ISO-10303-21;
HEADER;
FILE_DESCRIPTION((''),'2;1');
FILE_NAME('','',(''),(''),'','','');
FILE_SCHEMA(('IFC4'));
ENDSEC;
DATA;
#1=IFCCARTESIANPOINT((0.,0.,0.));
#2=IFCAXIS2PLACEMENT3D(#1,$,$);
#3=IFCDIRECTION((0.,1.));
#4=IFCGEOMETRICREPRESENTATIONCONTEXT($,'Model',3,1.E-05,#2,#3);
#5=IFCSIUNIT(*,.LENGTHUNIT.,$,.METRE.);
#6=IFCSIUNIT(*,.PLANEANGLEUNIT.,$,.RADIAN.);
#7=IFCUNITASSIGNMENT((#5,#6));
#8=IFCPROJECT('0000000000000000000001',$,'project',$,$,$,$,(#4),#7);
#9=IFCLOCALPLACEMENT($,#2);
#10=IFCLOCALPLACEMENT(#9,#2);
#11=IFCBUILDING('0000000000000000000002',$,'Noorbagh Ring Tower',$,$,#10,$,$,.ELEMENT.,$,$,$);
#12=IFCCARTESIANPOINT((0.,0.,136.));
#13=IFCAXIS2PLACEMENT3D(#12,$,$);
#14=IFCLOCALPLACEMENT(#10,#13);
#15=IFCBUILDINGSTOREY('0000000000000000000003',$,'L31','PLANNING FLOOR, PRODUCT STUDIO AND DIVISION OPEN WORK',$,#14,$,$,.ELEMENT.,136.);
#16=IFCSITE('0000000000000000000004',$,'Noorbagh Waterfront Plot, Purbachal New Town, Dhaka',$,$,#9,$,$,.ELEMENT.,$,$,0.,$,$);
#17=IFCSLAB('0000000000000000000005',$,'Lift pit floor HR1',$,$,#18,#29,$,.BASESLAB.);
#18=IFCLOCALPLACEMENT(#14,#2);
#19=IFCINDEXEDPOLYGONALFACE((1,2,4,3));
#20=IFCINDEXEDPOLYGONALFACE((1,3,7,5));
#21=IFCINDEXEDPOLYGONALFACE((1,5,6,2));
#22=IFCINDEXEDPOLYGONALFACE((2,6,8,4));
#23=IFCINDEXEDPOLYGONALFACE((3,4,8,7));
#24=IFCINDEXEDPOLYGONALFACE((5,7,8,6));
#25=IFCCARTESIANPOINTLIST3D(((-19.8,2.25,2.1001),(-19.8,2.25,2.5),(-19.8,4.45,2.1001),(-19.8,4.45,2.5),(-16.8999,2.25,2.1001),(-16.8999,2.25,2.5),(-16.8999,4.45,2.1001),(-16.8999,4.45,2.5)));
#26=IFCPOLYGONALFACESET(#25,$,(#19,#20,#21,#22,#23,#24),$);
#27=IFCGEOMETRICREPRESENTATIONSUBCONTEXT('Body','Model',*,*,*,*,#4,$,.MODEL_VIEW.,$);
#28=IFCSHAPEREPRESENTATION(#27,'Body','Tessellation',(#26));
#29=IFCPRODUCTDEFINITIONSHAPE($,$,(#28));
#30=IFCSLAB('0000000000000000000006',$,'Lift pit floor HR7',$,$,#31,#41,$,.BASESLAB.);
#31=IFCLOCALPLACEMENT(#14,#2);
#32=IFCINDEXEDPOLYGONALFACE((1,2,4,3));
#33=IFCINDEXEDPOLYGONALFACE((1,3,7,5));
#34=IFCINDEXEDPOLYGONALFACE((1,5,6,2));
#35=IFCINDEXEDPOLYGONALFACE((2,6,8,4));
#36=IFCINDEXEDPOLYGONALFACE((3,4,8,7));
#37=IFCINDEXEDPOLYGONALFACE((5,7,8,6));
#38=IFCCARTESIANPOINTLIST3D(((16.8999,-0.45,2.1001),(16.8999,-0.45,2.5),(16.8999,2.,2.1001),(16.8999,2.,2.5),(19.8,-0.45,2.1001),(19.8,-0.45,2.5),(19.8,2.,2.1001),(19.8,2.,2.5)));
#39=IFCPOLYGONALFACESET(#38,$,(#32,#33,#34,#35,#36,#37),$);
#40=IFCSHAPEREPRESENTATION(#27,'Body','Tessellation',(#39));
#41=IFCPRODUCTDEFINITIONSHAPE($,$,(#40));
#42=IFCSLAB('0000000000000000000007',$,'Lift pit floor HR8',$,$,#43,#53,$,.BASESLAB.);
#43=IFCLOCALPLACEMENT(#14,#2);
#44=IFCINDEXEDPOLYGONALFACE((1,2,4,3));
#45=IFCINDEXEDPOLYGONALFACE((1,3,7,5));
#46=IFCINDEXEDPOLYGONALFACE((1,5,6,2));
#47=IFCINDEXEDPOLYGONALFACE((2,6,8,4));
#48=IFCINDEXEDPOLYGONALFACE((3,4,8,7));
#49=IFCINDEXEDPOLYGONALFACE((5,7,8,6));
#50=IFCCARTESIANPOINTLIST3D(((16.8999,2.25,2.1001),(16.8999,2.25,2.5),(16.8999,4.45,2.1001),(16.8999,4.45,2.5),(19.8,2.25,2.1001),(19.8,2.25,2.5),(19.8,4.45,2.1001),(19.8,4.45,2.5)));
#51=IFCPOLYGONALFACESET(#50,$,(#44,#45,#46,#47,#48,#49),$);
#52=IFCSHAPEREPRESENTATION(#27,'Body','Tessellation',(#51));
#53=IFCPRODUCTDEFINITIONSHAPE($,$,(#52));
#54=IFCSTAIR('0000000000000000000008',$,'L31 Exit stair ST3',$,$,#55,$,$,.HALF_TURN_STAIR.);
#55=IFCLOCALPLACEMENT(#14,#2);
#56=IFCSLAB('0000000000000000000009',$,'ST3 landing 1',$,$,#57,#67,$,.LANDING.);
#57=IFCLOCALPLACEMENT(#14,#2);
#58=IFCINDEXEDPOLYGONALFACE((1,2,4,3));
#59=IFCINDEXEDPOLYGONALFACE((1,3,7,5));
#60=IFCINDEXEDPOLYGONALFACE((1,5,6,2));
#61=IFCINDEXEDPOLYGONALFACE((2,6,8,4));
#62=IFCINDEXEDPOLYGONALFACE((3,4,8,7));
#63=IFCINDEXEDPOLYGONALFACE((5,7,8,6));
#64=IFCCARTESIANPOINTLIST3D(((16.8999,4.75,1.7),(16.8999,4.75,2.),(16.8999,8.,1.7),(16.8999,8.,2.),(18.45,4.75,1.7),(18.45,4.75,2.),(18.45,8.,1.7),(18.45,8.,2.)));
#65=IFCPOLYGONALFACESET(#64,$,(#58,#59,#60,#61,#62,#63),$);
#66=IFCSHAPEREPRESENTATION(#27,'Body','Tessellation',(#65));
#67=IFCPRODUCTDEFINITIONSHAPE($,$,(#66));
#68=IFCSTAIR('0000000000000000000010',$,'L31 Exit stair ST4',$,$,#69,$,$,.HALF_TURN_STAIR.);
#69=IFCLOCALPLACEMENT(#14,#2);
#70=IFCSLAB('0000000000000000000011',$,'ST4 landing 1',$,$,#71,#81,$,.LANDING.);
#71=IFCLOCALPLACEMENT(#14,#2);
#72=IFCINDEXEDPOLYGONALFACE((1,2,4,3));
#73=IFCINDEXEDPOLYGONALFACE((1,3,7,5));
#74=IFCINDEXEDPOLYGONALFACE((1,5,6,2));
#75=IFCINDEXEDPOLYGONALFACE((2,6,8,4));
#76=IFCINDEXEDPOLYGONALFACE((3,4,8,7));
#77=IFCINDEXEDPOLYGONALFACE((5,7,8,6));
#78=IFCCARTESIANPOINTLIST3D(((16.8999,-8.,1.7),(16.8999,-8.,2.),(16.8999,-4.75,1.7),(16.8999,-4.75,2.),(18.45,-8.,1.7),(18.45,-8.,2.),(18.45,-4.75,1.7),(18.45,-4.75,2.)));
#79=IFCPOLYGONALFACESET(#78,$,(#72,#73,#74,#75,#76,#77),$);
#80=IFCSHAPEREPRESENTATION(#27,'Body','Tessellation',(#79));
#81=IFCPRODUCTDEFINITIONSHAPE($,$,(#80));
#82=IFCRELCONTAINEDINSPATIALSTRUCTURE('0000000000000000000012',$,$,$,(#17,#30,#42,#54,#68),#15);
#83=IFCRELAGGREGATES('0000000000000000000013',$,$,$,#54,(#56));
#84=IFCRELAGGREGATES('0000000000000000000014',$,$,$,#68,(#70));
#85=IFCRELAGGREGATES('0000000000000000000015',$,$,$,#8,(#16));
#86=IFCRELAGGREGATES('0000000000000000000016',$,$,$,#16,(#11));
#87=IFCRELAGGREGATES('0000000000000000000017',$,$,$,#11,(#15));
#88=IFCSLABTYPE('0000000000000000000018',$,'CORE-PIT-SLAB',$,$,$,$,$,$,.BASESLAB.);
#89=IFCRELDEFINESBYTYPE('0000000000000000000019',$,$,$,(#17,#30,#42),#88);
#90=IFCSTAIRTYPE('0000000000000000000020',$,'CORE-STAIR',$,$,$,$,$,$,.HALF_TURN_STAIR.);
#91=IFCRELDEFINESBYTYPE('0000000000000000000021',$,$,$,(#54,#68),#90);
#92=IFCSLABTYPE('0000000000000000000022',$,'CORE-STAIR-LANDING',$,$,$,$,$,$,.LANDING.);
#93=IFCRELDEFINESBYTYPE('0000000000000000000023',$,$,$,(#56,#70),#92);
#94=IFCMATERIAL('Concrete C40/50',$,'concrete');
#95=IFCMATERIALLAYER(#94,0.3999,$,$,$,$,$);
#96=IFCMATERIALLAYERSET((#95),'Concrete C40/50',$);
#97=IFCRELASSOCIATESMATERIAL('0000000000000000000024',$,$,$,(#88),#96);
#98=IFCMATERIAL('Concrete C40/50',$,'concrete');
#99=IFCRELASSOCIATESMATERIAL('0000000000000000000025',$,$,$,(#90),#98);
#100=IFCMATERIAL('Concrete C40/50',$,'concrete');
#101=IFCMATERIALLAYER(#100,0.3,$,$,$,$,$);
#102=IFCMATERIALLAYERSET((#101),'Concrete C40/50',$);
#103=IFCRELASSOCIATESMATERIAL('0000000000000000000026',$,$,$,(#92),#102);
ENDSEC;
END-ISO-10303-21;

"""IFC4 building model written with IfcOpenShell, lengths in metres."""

from ifc_helpers import new_model, si_unit, direction, frame, origin, place, context, subcontext, project, spatial, polyline, outline, extrude, material, layer, layer_set, type_object, element, aggregate, save


model = new_model("IFC4")

# Units and contexts
model_context = context("Model", 3, precision=1e-05, world=origin(), true_north=direction((0.0, 1.0)))
body_context = subcontext(model_context, "Body", "Model", "MODEL_VIEW")
ifc_project = project(units=[si_unit("LENGTHUNIT", "METRE"), si_unit("PLANEANGLEUNIT", "RADIAN")], contexts=[model_context])

# Site, building, storey
site_placement = place(None, origin())
site = spatial("IfcSite", under=ifc_project, at=site_placement, Name="Noorbagh Waterfront Plot, Purbachal New Town, Dhaka", CompositionType="ELEMENT", RefElevation=0.0)
building_placement = place(site_placement, origin())
building = spatial("IfcBuilding", under=site, at=building_placement, Name="Noorbagh Ring Tower", CompositionType="ELEMENT")
storey_placement = place(building_placement, frame((0.0, 0.0, 136.0)))
storey = spatial("IfcBuildingStorey", under=building, at=storey_placement, Name="L31", Description="PLANNING FLOOR, PRODUCT STUDIO AND DIVISION OPEN WORK", CompositionType="ELEMENT", Elevation=136.0)

# Slabs
ifc_material_1 = material(Name="Concrete C40/50", Category="concrete")
ifc_layer_1 = layer(ifc_material_1, 0.3999)
ifc_layer_set_1 = layer_set([ifc_layer_1], Name="Concrete C40/50")
slab_type_1 = type_object("IfcSlabType", Name="CORE-PIT-SLAB", PredefinedType="BASESLAB", material=ifc_layer_set_1)
slab_1_placement = place(storey_placement, frame((0.0, 0.0, 2.1001)))
element("IfcSlab", 1, at=slab_1_placement, inside=storey, type_object=slab_type_1, Name="Lift pit floor HR1", PredefinedType="BASESLAB", context=body_context, shape_type="SweptSolid", body=[
    extrude(outline(polyline([(-16.8999, 4.45), (-19.8, 4.45), (-19.8, 2.25), (-16.8999, 2.25), (-16.8999, 4.45)])), origin(), (0.0, 0.0, 1.0), 0.3999),
])
slab_2_placement = place(storey_placement, frame((0.0, 0.0, 2.1001)))
element("IfcSlab", 2, at=slab_2_placement, inside=storey, type_object=slab_type_1, Name="Lift pit floor HR7", PredefinedType="BASESLAB", context=body_context, shape_type="SweptSolid", body=[
    extrude(outline(polyline([(16.8999, -0.45), (19.8, -0.45), (19.8, 2.0), (16.8999, 2.0), (16.8999, -0.45)])), origin(), (0.0, 0.0, 1.0), 0.3999),
])
slab_3_placement = place(storey_placement, frame((0.0, 0.0, 2.1001)))
element("IfcSlab", 3, at=slab_3_placement, inside=storey, type_object=slab_type_1, Name="Lift pit floor HR8", PredefinedType="BASESLAB", context=body_context, shape_type="SweptSolid", body=[
    extrude(outline(polyline([(16.8999, 2.25), (19.8, 2.25), (19.8, 4.45), (16.8999, 4.45), (16.8999, 2.25)])), origin(), (0.0, 0.0, 1.0), 0.3999),
])

# Stairs, slabs
ifc_material_2 = material(Name="Concrete C40/50", Category="concrete")
stair_type = type_object("IfcStairType", Name="CORE-STAIR", PredefinedType="HALF_TURN_STAIR", material=ifc_material_2)
stair_1_placement = place(storey_placement, origin())
stair_1 = element("IfcStair", 4, at=stair_1_placement, inside=storey, type_object=stair_type, Name="L31 Exit stair ST3", PredefinedType="HALF_TURN_STAIR")
ifc_material_3 = material(Name="Concrete C40/50", Category="concrete")
ifc_layer_2 = layer(ifc_material_3, 0.3)
ifc_layer_set_2 = layer_set([ifc_layer_2], Name="Concrete C40/50")
slab_type_2 = type_object("IfcSlabType", Name="CORE-STAIR-LANDING", PredefinedType="LANDING", material=ifc_layer_set_2)
slab_4_placement = place(storey_placement, frame((0.0, 0.0, 1.7)))
slab_4 = element("IfcSlab", 5, at=slab_4_placement, type_object=slab_type_2, Name="ST3 landing 1", PredefinedType="LANDING", context=body_context, shape_type="SweptSolid", body=[
    extrude(outline(polyline([(18.45, 8.0), (16.8999, 8.0), (16.8999, 4.75), (18.45, 4.75), (18.45, 8.0)])), origin(), (0.0, 0.0, 1.0), 0.3),
])
aggregate(stair_1, [slab_4])
stair_2_placement = place(storey_placement, origin())
stair_2 = element("IfcStair", 6, at=stair_2_placement, inside=storey, type_object=stair_type, Name="L31 Exit stair ST4", PredefinedType="HALF_TURN_STAIR")
slab_5_placement = place(storey_placement, frame((0.0, 0.0, 1.7)))
slab_5 = element("IfcSlab", 7, at=slab_5_placement, type_object=slab_type_2, Name="ST4 landing 1", PredefinedType="LANDING", context=body_context, shape_type="SweptSolid", body=[
    extrude(outline(polyline([(18.45, -4.75), (16.8999, -4.75), (16.8999, -8.0), (18.45, -8.0), (18.45, -4.75)])), origin(), (0.0, 0.0, 1.0), 0.3),
])
aggregate(stair_2, [slab_5])

save(model, "model.ifc")
